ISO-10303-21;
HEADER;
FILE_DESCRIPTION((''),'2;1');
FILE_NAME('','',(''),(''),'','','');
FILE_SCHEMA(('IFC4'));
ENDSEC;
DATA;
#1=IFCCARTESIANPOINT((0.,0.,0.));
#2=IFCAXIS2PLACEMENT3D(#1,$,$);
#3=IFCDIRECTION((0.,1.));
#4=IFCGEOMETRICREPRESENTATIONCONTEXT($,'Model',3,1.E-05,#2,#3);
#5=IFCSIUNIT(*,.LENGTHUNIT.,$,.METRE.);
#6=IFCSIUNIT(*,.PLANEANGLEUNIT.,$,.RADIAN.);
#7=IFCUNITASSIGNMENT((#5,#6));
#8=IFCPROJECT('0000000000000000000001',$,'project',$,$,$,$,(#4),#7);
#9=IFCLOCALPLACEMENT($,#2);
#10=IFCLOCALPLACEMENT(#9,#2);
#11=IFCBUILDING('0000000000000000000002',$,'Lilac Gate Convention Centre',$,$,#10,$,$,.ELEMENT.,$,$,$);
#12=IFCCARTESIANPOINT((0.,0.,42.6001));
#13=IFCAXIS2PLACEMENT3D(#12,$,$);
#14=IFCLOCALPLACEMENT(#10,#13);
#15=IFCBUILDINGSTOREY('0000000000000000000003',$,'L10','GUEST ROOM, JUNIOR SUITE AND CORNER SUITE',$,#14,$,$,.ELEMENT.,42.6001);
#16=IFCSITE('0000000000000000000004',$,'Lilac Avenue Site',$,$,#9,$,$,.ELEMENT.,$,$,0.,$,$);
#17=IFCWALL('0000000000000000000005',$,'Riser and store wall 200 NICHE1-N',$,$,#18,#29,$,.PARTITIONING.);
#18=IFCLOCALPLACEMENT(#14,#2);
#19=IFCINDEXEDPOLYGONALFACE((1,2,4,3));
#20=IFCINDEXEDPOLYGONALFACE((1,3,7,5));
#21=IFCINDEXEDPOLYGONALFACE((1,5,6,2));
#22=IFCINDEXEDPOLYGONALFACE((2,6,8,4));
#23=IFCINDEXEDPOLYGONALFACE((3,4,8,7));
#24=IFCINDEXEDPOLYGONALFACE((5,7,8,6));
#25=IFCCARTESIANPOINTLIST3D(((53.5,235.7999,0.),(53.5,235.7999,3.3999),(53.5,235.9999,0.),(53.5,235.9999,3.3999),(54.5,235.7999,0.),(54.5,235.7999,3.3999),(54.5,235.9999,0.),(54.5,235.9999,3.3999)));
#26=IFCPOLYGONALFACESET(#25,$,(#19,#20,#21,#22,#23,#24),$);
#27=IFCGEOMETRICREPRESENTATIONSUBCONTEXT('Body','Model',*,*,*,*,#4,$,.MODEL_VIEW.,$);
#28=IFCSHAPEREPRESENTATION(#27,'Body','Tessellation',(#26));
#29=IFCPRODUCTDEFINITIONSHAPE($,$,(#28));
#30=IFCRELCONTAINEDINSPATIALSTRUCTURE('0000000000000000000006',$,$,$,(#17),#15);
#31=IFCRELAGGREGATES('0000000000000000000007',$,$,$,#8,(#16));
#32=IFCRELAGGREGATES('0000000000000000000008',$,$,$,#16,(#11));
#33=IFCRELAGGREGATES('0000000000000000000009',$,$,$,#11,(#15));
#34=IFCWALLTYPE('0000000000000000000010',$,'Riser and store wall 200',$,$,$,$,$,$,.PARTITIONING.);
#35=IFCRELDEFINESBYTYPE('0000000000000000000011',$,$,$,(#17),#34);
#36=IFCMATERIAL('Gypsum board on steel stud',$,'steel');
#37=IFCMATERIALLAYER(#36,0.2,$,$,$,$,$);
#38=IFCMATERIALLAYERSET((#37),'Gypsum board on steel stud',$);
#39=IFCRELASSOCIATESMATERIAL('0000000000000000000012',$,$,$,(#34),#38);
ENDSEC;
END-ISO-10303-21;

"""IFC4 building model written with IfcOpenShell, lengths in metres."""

from ifc_helpers import new_model, si_unit, direction, frame, frame_2d, origin, place, context, subcontext, project, spatial, rectangle, extrude, material, layer, layer_set, type_object, element, save


model = new_model("IFC4")

# Units and contexts
model_context = context("Model", 3, precision=1e-05, world=origin(), true_north=direction((0.0, 1.0)))
body_context = subcontext(model_context, "Body", "Model", "MODEL_VIEW")
ifc_project = project(units=[si_unit("LENGTHUNIT", "METRE"), si_unit("PLANEANGLEUNIT", "RADIAN")], contexts=[model_context])

# Site, building, storey
site_placement = place(None, origin())
site = spatial("IfcSite", under=ifc_project, at=site_placement, Name="Lilac Avenue Site", CompositionType="ELEMENT", RefElevation=0.0)
building_placement = place(site_placement, origin())
building = spatial("IfcBuilding", under=site, at=building_placement, Name="Lilac Gate Convention Centre", CompositionType="ELEMENT")
storey_placement = place(building_placement, frame((0.0, 0.0, 42.6001)))
storey = spatial("IfcBuildingStorey", under=building, at=storey_placement, Name="L10", Description="GUEST ROOM, JUNIOR SUITE AND CORNER SUITE", CompositionType="ELEMENT", Elevation=42.6001)

# Shared definitions
ifc_material_1 = material(Name="Gypsum board on steel stud", Category="steel")

# Wall
ifc_layer_1 = layer(ifc_material_1, 0.2)
ifc_layer_set_1 = layer_set([ifc_layer_1], Name="Gypsum board on steel stud")
wall_type_1 = type_object("IfcWallType", Name="Riser and store wall 200", PredefinedType="PARTITIONING", material=ifc_layer_set_1)
wall_1_placement = place(storey_placement, frame((53.5, 235.8999, 0.0), z_axis=(0.0, 0.0, 1.0), x_axis=(1.0, 0.0, 0.0)))
element("IfcWall", 1, at=wall_1_placement, inside=storey, type_object=wall_type_1, Name="Riser and store wall 200 NICHE1-N", PredefinedType="PARTITIONING", context=body_context, shape_type="SweptSolid", body=[
    extrude(rectangle(XDim=1.0, YDim=0.2, at=frame_2d((0.5, 0.0))), origin(), (0.0, 0.0, 1.0), 3.3999),
])

save(model, "model.ifc")
